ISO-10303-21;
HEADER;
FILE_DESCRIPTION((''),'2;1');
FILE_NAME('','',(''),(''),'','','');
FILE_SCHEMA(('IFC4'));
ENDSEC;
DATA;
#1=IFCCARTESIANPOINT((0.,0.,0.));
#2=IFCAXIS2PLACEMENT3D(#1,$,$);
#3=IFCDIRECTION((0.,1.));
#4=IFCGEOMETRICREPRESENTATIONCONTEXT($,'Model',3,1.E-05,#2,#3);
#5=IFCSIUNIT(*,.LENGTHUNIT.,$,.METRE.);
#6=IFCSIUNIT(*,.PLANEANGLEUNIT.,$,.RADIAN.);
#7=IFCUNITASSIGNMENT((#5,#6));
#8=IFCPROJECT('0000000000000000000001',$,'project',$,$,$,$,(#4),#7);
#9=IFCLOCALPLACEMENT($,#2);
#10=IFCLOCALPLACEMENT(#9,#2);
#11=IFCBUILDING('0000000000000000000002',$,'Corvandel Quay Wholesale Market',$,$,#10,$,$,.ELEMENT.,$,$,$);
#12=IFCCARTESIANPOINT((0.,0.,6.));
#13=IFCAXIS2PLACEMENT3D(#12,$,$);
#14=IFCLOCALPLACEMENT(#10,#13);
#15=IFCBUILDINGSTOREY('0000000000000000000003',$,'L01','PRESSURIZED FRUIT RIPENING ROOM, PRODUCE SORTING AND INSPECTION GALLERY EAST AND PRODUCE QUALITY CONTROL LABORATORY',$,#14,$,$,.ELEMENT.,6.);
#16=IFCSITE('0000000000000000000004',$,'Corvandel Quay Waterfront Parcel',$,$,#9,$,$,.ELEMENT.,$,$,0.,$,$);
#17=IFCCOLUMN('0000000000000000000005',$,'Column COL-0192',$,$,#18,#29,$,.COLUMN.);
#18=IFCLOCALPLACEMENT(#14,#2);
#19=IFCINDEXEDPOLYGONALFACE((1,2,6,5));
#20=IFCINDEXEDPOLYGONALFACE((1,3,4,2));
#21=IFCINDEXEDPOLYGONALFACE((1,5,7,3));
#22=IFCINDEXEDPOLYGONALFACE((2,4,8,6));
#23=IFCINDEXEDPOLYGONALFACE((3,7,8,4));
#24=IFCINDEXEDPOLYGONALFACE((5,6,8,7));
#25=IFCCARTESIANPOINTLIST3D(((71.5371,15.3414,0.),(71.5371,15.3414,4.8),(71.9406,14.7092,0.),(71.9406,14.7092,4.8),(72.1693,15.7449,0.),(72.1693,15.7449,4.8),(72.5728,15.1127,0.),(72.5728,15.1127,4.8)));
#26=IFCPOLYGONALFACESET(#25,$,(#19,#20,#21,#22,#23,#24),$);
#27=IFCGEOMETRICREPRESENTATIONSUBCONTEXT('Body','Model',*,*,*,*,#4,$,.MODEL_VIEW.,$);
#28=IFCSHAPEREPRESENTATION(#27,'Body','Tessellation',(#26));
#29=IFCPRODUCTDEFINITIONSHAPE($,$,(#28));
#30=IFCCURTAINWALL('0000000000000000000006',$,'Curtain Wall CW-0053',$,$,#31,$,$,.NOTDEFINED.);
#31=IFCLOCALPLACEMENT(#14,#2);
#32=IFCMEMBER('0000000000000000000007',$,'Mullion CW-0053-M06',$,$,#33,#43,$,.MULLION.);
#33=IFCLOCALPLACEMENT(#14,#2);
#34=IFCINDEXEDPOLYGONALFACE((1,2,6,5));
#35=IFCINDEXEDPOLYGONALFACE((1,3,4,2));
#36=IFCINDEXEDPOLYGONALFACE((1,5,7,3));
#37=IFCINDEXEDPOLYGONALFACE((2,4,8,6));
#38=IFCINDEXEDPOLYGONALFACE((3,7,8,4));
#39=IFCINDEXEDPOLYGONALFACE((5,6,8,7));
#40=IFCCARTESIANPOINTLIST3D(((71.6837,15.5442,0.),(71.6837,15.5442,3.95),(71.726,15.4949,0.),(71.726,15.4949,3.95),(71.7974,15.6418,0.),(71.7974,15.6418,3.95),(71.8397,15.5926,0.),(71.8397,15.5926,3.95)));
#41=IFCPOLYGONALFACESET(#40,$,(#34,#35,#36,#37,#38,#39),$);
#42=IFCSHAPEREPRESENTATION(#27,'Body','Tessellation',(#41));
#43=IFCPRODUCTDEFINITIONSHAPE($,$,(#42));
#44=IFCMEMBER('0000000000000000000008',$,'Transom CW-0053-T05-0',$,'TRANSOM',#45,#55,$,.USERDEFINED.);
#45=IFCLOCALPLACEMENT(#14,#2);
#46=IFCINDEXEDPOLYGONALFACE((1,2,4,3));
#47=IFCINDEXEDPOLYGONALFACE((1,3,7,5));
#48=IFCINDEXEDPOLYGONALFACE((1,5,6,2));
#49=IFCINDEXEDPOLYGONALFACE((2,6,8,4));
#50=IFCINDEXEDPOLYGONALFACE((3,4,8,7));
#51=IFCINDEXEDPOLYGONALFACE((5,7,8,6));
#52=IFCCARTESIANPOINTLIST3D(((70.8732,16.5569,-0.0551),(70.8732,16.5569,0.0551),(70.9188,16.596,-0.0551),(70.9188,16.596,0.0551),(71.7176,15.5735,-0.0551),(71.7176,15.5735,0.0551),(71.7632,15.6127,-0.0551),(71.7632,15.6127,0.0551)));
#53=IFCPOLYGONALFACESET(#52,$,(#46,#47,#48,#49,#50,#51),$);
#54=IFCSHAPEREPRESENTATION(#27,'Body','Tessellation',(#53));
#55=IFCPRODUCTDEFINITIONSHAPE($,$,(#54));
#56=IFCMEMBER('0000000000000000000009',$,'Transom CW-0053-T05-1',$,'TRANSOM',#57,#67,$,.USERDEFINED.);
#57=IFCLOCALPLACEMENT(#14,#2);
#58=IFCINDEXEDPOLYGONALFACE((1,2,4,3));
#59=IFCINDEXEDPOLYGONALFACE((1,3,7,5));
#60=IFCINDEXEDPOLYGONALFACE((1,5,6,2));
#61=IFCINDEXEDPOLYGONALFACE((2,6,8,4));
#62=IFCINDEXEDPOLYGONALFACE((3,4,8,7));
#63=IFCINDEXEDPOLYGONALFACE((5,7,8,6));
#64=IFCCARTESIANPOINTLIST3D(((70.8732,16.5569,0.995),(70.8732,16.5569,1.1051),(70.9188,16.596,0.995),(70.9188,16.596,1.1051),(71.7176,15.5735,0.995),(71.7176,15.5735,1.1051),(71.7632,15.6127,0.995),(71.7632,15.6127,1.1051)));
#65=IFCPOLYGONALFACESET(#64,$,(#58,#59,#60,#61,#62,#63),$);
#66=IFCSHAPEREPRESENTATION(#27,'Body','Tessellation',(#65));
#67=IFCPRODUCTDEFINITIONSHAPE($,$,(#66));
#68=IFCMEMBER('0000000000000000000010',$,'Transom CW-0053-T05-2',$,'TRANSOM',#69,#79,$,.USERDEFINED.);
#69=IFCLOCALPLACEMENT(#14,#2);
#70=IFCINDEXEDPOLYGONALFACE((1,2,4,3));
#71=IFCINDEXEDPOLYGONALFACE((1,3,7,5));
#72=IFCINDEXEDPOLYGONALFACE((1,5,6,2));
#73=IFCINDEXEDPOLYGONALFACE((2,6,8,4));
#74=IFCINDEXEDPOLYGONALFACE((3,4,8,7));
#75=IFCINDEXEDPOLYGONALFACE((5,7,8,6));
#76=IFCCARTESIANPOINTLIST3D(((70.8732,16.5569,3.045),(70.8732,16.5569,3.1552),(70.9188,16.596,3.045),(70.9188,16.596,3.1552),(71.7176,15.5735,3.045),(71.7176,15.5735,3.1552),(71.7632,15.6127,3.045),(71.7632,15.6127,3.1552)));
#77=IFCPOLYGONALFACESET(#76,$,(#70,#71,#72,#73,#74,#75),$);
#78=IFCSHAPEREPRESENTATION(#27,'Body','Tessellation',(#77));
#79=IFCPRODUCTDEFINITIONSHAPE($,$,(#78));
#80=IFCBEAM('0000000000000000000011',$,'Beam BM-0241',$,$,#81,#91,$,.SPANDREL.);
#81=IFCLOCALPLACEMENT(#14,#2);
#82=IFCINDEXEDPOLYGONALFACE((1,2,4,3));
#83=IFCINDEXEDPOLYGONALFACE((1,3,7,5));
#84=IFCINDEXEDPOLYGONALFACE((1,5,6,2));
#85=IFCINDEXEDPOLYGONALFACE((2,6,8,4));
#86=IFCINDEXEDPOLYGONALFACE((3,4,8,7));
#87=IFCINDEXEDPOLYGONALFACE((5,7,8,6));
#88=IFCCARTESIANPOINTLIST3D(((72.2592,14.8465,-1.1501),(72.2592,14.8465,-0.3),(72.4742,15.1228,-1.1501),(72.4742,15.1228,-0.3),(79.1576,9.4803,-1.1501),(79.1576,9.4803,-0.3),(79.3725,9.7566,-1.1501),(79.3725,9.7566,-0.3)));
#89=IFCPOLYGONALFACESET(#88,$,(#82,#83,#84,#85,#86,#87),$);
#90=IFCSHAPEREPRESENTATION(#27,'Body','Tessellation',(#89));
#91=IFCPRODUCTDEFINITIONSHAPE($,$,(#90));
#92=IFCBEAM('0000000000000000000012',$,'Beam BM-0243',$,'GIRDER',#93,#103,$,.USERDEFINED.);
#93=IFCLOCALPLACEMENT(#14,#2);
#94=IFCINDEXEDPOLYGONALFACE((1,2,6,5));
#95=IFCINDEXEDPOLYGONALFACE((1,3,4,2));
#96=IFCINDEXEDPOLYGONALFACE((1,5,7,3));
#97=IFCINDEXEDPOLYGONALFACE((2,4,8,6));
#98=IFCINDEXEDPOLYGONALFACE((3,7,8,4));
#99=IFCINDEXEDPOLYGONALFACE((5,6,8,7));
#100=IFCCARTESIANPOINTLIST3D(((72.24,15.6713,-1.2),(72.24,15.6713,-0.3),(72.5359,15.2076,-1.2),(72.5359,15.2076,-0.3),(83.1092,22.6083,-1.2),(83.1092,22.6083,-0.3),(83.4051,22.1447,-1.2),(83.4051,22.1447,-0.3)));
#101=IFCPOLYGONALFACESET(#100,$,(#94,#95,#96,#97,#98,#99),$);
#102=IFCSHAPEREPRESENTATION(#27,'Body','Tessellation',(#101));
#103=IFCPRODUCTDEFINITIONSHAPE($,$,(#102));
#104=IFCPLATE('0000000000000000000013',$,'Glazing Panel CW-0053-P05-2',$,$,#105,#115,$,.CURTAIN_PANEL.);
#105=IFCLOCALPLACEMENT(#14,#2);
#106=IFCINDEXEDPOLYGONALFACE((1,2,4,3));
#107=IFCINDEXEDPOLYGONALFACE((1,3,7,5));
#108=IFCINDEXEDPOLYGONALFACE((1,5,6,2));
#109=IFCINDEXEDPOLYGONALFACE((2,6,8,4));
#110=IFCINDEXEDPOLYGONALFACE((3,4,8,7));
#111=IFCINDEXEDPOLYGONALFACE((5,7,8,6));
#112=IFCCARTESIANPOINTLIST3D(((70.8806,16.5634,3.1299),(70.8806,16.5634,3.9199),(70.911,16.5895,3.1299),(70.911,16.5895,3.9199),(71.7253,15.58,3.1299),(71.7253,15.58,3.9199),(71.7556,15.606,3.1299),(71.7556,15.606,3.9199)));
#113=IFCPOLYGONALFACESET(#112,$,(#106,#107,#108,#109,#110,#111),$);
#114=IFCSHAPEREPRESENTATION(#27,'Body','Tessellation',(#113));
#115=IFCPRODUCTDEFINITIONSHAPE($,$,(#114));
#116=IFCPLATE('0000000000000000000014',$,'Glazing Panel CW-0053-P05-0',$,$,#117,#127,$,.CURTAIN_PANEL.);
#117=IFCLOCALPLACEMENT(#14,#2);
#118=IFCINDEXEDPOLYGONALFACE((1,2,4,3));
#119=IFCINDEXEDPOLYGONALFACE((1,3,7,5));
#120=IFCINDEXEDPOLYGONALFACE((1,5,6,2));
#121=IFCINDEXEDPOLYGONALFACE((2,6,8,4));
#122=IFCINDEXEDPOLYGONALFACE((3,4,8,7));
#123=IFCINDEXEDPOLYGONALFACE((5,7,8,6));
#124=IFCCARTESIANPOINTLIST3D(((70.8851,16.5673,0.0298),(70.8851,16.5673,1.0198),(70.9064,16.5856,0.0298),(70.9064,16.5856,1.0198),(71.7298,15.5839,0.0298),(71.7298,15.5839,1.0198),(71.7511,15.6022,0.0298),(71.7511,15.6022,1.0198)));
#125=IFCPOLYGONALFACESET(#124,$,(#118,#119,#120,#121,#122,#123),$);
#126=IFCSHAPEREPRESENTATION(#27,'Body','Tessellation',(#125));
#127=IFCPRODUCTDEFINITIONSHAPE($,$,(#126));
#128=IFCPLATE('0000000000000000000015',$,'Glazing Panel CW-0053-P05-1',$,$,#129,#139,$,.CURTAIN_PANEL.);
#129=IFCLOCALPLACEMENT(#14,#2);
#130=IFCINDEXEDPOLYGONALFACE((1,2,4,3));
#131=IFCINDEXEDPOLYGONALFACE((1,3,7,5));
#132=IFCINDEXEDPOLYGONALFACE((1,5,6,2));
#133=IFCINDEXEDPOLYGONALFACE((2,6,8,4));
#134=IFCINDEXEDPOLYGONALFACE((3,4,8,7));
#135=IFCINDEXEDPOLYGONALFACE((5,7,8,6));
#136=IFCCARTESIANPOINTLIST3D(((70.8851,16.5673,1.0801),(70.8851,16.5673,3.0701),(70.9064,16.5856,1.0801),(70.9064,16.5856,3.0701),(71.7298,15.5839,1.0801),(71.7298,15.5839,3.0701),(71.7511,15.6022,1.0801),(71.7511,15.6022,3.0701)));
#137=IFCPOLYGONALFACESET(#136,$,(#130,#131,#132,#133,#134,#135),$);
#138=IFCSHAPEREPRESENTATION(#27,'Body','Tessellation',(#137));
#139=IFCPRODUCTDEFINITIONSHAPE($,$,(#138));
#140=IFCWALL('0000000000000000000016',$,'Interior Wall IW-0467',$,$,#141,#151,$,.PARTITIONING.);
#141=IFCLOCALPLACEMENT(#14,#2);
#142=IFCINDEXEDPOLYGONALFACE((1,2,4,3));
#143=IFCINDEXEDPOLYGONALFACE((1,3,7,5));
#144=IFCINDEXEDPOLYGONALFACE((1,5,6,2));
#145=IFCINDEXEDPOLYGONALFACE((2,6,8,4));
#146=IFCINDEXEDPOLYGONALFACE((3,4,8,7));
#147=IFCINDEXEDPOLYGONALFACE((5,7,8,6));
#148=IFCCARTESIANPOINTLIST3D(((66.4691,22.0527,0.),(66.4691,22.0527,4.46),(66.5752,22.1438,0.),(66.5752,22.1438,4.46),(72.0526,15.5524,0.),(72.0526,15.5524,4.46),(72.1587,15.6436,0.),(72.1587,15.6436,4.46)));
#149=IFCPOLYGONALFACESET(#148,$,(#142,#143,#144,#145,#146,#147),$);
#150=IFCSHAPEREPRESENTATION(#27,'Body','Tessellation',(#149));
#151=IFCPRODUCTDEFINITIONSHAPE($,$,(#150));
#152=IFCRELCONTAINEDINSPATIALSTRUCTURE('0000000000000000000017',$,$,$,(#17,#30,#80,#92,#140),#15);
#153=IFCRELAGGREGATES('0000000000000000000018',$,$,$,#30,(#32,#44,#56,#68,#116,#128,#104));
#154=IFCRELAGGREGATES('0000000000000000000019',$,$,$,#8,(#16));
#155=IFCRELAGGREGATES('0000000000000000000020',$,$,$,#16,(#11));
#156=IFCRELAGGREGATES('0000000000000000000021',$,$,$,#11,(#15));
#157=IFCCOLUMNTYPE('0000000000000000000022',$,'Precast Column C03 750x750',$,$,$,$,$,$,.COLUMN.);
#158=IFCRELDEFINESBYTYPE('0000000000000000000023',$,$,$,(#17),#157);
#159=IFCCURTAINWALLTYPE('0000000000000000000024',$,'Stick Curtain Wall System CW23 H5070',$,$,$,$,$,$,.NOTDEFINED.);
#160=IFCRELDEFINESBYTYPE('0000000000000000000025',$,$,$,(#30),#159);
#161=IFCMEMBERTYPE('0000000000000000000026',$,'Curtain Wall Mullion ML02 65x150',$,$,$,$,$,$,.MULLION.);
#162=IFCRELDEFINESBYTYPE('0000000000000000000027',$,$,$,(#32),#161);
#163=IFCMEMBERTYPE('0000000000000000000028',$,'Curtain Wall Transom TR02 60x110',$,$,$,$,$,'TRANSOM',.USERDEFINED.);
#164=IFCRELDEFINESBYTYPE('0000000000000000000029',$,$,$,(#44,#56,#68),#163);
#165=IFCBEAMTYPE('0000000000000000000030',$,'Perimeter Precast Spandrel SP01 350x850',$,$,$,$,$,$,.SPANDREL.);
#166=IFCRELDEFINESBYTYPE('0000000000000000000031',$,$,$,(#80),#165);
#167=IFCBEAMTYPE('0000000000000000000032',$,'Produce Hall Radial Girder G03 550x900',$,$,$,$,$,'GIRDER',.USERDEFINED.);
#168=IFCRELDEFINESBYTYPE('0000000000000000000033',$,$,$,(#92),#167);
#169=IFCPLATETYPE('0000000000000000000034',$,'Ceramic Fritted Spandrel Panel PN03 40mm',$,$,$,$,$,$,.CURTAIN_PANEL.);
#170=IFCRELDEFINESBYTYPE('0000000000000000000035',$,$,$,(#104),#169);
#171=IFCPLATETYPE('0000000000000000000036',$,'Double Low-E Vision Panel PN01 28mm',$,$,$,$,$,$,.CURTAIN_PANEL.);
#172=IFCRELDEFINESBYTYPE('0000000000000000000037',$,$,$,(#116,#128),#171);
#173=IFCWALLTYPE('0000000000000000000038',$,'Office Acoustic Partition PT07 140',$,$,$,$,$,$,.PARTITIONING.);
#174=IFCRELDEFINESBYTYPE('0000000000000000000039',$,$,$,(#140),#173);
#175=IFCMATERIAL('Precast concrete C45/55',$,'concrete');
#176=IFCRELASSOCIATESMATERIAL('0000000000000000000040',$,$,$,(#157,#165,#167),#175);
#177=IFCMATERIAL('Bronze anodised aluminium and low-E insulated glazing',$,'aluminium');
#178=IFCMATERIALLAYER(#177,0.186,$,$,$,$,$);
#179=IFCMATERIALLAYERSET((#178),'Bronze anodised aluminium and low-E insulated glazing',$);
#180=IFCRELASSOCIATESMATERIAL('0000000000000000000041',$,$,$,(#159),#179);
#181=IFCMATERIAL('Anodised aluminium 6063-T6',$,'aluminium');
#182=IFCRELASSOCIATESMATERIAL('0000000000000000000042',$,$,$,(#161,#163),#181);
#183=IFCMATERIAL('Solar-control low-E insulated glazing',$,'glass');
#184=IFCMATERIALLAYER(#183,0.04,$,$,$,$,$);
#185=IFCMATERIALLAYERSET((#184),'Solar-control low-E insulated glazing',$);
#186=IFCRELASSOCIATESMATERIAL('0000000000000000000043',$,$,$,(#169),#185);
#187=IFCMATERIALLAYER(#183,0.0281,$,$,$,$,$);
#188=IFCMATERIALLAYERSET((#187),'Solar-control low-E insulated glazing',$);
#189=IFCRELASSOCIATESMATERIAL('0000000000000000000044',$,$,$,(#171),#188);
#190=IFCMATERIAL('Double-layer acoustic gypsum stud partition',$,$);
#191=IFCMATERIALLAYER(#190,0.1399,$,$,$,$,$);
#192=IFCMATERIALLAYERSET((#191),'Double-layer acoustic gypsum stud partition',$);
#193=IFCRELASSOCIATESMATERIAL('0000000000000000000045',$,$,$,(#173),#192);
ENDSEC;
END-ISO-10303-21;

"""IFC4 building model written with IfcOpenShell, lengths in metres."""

from ifc_helpers import new_model, si_unit, direction, frame, frame_2d, origin, origin_2d, place, context, subcontext, project, spatial, rectangle, extrude, material, layer, layer_set, material_profile, profile_set, type_object, element, aggregate, save


model = new_model("IFC4")

# Units and contexts
model_context = context("Model", 3, precision=1e-05, world=origin(), true_north=direction((0.0, 1.0)))
body_context = subcontext(model_context, "Body", "Model", "MODEL_VIEW")
ifc_project = project(units=[si_unit("LENGTHUNIT", "METRE"), si_unit("PLANEANGLEUNIT", "RADIAN")], contexts=[model_context])

# Site, building, storey
site_placement = place(None, origin())
site = spatial("IfcSite", under=ifc_project, at=site_placement, Name="Corvandel Quay Waterfront Parcel", CompositionType="ELEMENT", RefElevation=0.0)
building_placement = place(site_placement, origin())
building = spatial("IfcBuilding", under=site, at=building_placement, Name="Corvandel Quay Wholesale Market", CompositionType="ELEMENT")
storey_placement = place(building_placement, frame((0.0, 0.0, 6.0)))
storey = spatial("IfcBuildingStorey", under=building, at=storey_placement, Name="L01", Description="PRESSURIZED FRUIT RIPENING ROOM, PRODUCE SORTING AND INSPECTION GALLERY EAST AND PRODUCE QUALITY CONTROL LABORATORY", CompositionType="ELEMENT", Elevation=6.0)

# Column
ifc_material_1 = material(Name="Precast concrete C45/55", Category="concrete")
ifc_material_profile_1 = material_profile(ifc_material_1, rectangle(XDim=0.75, YDim=0.75, at=origin_2d()), Name="PC-COL-750x750")
ifc_profile_set_1 = profile_set([ifc_material_profile_1], Name="Precast concrete C45/55")
column_type = type_object("IfcColumnType", Name="Precast Column C03 750x750", PredefinedType="COLUMN", material=ifc_profile_set_1)
column_placement = place(storey_placement, frame((72.0549, 15.2271, 0.0), z_axis=(0.0, 0.0, 1.0), x_axis=(-0.538035, 0.842922, 0.0)))
element("IfcColumn", 1, at=column_placement, inside=storey, type_object=column_type, Name="Column COL-0192", PredefinedType="COLUMN", context=body_context, shape_type="SweptSolid", body=[
    extrude(rectangle(XDim=0.75, YDim=0.75, at=origin_2d()), origin(), (0.0, 0.0, 1.0), 4.8),
])

# Curtain wall, members
ifc_material_2 = material(Name="Bronze anodised aluminium and low-E insulated glazing", Category="aluminium")
ifc_layer_1 = layer(ifc_material_2, 0.186)
ifc_layer_set_1 = layer_set([ifc_layer_1], Name="Bronze anodised aluminium and low-E insulated glazing")
curtain_wall_type = type_object("IfcCurtainWallType", Name="Stick Curtain Wall System CW23 H5070", PredefinedType="NOTDEFINED", material=ifc_layer_set_1)
curtain_wall_placement = place(storey_placement, origin())
curtain_wall = element("IfcCurtainWall", 2, at=curtain_wall_placement, inside=storey, type_object=curtain_wall_type, Name="Curtain Wall CW-0053", PredefinedType="NOTDEFINED")
ifc_material_3 = material(Name="Anodised aluminium 6063-T6", Category="aluminium")
ifc_material_profile_2 = material_profile(ifc_material_3, rectangle(XDim=0.0649, YDim=0.1499, at=origin_2d()), Name="ALU-MUL-65x150")
ifc_profile_set_2 = profile_set([ifc_material_profile_2], Name="Anodised aluminium 6063-T6")
member_type_1 = type_object("IfcMemberType", Name="Curtain Wall Mullion ML02 65x150", PredefinedType="MULLION", material=ifc_profile_set_2)
member_1_placement = place(storey_placement, frame((71.7617, 15.5684, 0.0), z_axis=(0.0, 0.0, 1.0), x_axis=(-0.651569, 0.758589, 0.0)))
member_1 = element("IfcMember", 3, at=member_1_placement, type_object=member_type_1, Name="Mullion CW-0053-M06", PredefinedType="MULLION", context=body_context, shape_type="SweptSolid", body=[
    extrude(rectangle(XDim=0.0649, YDim=0.1499, at=origin_2d()), origin(), (0.0, 0.0, 1.0), 3.95),
])
ifc_material_profile_3 = material_profile(ifc_material_3, rectangle(XDim=0.0601, YDim=0.1101, at=origin_2d()), Name="ALU-TRN-60x110")
ifc_profile_set_3 = profile_set([ifc_material_profile_3], Name="Anodised aluminium 6063-T6")
member_type_2 = type_object("IfcMemberType", Name="Curtain Wall Transom TR02 60x110", ElementType="TRANSOM", PredefinedType="USERDEFINED", material=ifc_profile_set_3)
member_2_placement = place(storey_placement, frame((70.896, 16.5764, 0.0), z_axis=(0.651489, -0.758658, 0.0), x_axis=(0.758658, 0.651489, 0.0)))
member_2 = element("IfcMember", 4, at=member_2_placement, type_object=member_type_2, Name="Transom CW-0053-T05-0", ObjectType="TRANSOM", PredefinedType="USERDEFINED", context=body_context, shape_type="SweptSolid", body=[
    extrude(rectangle(XDim=0.0601, YDim=0.1101, at=origin_2d()), origin(), (0.0, 0.0, 1.0), 1.2961),
])
member_3_placement = place(storey_placement, frame((70.896, 16.5764, 1.05), z_axis=(0.651489, -0.758658, 0.0), x_axis=(0.758658, 0.651489, 0.0)))
member_3 = element("IfcMember", 5, at=member_3_placement, type_object=member_type_2, Name="Transom CW-0053-T05-1", ObjectType="TRANSOM", PredefinedType="USERDEFINED", context=body_context, shape_type="SweptSolid", body=[
    extrude(rectangle(XDim=0.0601, YDim=0.1101, at=origin_2d()), origin(), (0.0, 0.0, 1.0), 1.2961),
])
member_4_placement = place(storey_placement, frame((70.896, 16.5764, 3.1001), z_axis=(0.651489, -0.758658, 0.0), x_axis=(0.758658, 0.651489, 0.0)))
member_4 = element("IfcMember", 6, at=member_4_placement, type_object=member_type_2, Name="Transom CW-0053-T05-2", ObjectType="TRANSOM", PredefinedType="USERDEFINED", context=body_context, shape_type="SweptSolid", body=[
    extrude(rectangle(XDim=0.0601, YDim=0.1101, at=origin_2d()), origin(), (0.0, 0.0, 1.0), 1.2961),
])

# Beams
ifc_material_profile_4 = material_profile(ifc_material_1, rectangle(XDim=0.3501, YDim=0.8501, at=origin_2d()), Name="PC-SPN-350x850")
ifc_profile_set_4 = profile_set([ifc_material_profile_4], Name="Precast concrete C45/55")
beam_type_1 = type_object("IfcBeamType", Name="Perimeter Precast Spandrel SP01 350x850", PredefinedType="SPANDREL", material=ifc_profile_set_4)
beam_1_placement = place(storey_placement, frame((72.3667, 14.9846, -0.7251), z_axis=(0.78931, -0.613995, 0.0), x_axis=(0.613995, 0.78931, 0.0)))
element("IfcBeam", 7, at=beam_1_placement, inside=storey, type_object=beam_type_1, Name="Beam BM-0241", PredefinedType="SPANDREL", context=body_context, shape_type="SweptSolid", body=[
    extrude(rectangle(XDim=0.3501, YDim=0.8501, at=origin_2d()), origin(), (0.0, 0.0, 1.0), 8.7397),
])
ifc_material_profile_5 = material_profile(ifc_material_1, rectangle(XDim=0.55, YDim=0.8999, at=origin_2d()), Name="PC-GIR-550x900")
ifc_profile_set_5 = profile_set([ifc_material_profile_5], Name="Precast concrete C45/55")
beam_type_2 = type_object("IfcBeamType", Name="Produce Hall Radial Girder G03 550x900", ElementType="GIRDER", PredefinedType="USERDEFINED", material=ifc_profile_set_5)
beam_2_placement = place(storey_placement, frame((72.3879, 15.4395, -0.75), z_axis=(0.842948, 0.537995, 0.0), x_axis=(-0.537995, 0.842948, 0.0)))
element("IfcBeam", 8, at=beam_2_placement, inside=storey, type_object=beam_type_2, Name="Beam BM-0243", ObjectType="GIRDER", PredefinedType="USERDEFINED", context=body_context, shape_type="SweptSolid", body=[
    extrude(rectangle(XDim=0.55, YDim=0.8999, at=origin_2d()), origin(), (0.0, 0.0, 1.0), 12.8943),
])

# Plates
ifc_material_4 = material(Name="Solar-control low-E insulated glazing", Category="glass")
ifc_layer_2 = layer(ifc_material_4, 0.04)
ifc_layer_set_2 = layer_set([ifc_layer_2], Name="Solar-control low-E insulated glazing")
plate_type_1 = type_object("IfcPlateType", Name="Ceramic Fritted Spandrel Panel PN03 40mm", PredefinedType="CURTAIN_PANEL", material=ifc_layer_set_2)
plate_1_placement = place(storey_placement, frame((71.3181, 16.0847, 3.1299), z_axis=(0.0, 0.0, 1.0), x_axis=(-0.651569, 0.758589, 0.0)))
plate_1 = element("IfcPlate", 9, at=plate_1_placement, type_object=plate_type_1, Name="Glazing Panel CW-0053-P05-2", PredefinedType="CURTAIN_PANEL", context=body_context, shape_type="SweptSolid", body=[
    extrude(rectangle(XDim=1.2964, YDim=0.04, at=origin_2d()), origin(), (0.0, 0.0, 1.0), 0.79),
])
ifc_layer_3 = layer(ifc_material_4, 0.0281)
ifc_layer_set_3 = layer_set([ifc_layer_3], Name="Solar-control low-E insulated glazing")
plate_type_2 = type_object("IfcPlateType", Name="Double Low-E Vision Panel PN01 28mm", PredefinedType="CURTAIN_PANEL", material=ifc_layer_set_3)
plate_2_placement = place(storey_placement, frame((71.3181, 16.0847, 0.0298), z_axis=(0.0, 0.0, 1.0), x_axis=(-0.651569, 0.758589, 0.0)))
plate_2 = element("IfcPlate", 10, at=plate_2_placement, type_object=plate_type_2, Name="Glazing Panel CW-0053-P05-0", PredefinedType="CURTAIN_PANEL", context=body_context, shape_type="SweptSolid", body=[
    extrude(rectangle(XDim=1.2964, YDim=0.0281, at=origin_2d()), origin(), (0.0, 0.0, 1.0), 0.99),
])
plate_3_placement = place(storey_placement, frame((71.3181, 16.0847, 1.0801), z_axis=(0.0, 0.0, 1.0), x_axis=(-0.651569, 0.758589, 0.0)))
plate_3 = element("IfcPlate", 11, at=plate_3_placement, type_object=plate_type_2, Name="Glazing Panel CW-0053-P05-1", PredefinedType="CURTAIN_PANEL", context=body_context, shape_type="SweptSolid", body=[
    extrude(rectangle(XDim=1.2964, YDim=0.0281, at=origin_2d()), origin(), (0.0, 0.0, 1.0), 1.99),
])
aggregate(curtain_wall, [member_1, member_2, member_3, member_4, plate_2, plate_3, plate_1])

# Wall
ifc_material_5 = material(Name="Double-layer acoustic gypsum stud partition")
ifc_layer_4 = layer(ifc_material_5, 0.1399)
ifc_layer_set_4 = layer_set([ifc_layer_4], Name="Double-layer acoustic gypsum stud partition")
wall_type_1 = type_object("IfcWallType", Name="Office Acoustic Partition PT07 140", PredefinedType="PARTITIONING", material=ifc_layer_set_4)
wall_1_placement = place(storey_placement, frame((72.1057, 15.5979, 0.0), z_axis=(0.0, 0.0, 1.0), x_axis=(-0.651589, 0.758572, 0.0)))
element("IfcWall", 12, at=wall_1_placement, inside=storey, type_object=wall_type_1, Name="Interior Wall IW-0467", PredefinedType="PARTITIONING", context=body_context, shape_type="SweptSolid", body=[
    extrude(rectangle(XDim=8.5691, YDim=0.1399, at=frame_2d((4.2847, 0.0))), origin(), (0.0, 0.0, 1.0), 4.46),
])

save(model, "model.ifc")
